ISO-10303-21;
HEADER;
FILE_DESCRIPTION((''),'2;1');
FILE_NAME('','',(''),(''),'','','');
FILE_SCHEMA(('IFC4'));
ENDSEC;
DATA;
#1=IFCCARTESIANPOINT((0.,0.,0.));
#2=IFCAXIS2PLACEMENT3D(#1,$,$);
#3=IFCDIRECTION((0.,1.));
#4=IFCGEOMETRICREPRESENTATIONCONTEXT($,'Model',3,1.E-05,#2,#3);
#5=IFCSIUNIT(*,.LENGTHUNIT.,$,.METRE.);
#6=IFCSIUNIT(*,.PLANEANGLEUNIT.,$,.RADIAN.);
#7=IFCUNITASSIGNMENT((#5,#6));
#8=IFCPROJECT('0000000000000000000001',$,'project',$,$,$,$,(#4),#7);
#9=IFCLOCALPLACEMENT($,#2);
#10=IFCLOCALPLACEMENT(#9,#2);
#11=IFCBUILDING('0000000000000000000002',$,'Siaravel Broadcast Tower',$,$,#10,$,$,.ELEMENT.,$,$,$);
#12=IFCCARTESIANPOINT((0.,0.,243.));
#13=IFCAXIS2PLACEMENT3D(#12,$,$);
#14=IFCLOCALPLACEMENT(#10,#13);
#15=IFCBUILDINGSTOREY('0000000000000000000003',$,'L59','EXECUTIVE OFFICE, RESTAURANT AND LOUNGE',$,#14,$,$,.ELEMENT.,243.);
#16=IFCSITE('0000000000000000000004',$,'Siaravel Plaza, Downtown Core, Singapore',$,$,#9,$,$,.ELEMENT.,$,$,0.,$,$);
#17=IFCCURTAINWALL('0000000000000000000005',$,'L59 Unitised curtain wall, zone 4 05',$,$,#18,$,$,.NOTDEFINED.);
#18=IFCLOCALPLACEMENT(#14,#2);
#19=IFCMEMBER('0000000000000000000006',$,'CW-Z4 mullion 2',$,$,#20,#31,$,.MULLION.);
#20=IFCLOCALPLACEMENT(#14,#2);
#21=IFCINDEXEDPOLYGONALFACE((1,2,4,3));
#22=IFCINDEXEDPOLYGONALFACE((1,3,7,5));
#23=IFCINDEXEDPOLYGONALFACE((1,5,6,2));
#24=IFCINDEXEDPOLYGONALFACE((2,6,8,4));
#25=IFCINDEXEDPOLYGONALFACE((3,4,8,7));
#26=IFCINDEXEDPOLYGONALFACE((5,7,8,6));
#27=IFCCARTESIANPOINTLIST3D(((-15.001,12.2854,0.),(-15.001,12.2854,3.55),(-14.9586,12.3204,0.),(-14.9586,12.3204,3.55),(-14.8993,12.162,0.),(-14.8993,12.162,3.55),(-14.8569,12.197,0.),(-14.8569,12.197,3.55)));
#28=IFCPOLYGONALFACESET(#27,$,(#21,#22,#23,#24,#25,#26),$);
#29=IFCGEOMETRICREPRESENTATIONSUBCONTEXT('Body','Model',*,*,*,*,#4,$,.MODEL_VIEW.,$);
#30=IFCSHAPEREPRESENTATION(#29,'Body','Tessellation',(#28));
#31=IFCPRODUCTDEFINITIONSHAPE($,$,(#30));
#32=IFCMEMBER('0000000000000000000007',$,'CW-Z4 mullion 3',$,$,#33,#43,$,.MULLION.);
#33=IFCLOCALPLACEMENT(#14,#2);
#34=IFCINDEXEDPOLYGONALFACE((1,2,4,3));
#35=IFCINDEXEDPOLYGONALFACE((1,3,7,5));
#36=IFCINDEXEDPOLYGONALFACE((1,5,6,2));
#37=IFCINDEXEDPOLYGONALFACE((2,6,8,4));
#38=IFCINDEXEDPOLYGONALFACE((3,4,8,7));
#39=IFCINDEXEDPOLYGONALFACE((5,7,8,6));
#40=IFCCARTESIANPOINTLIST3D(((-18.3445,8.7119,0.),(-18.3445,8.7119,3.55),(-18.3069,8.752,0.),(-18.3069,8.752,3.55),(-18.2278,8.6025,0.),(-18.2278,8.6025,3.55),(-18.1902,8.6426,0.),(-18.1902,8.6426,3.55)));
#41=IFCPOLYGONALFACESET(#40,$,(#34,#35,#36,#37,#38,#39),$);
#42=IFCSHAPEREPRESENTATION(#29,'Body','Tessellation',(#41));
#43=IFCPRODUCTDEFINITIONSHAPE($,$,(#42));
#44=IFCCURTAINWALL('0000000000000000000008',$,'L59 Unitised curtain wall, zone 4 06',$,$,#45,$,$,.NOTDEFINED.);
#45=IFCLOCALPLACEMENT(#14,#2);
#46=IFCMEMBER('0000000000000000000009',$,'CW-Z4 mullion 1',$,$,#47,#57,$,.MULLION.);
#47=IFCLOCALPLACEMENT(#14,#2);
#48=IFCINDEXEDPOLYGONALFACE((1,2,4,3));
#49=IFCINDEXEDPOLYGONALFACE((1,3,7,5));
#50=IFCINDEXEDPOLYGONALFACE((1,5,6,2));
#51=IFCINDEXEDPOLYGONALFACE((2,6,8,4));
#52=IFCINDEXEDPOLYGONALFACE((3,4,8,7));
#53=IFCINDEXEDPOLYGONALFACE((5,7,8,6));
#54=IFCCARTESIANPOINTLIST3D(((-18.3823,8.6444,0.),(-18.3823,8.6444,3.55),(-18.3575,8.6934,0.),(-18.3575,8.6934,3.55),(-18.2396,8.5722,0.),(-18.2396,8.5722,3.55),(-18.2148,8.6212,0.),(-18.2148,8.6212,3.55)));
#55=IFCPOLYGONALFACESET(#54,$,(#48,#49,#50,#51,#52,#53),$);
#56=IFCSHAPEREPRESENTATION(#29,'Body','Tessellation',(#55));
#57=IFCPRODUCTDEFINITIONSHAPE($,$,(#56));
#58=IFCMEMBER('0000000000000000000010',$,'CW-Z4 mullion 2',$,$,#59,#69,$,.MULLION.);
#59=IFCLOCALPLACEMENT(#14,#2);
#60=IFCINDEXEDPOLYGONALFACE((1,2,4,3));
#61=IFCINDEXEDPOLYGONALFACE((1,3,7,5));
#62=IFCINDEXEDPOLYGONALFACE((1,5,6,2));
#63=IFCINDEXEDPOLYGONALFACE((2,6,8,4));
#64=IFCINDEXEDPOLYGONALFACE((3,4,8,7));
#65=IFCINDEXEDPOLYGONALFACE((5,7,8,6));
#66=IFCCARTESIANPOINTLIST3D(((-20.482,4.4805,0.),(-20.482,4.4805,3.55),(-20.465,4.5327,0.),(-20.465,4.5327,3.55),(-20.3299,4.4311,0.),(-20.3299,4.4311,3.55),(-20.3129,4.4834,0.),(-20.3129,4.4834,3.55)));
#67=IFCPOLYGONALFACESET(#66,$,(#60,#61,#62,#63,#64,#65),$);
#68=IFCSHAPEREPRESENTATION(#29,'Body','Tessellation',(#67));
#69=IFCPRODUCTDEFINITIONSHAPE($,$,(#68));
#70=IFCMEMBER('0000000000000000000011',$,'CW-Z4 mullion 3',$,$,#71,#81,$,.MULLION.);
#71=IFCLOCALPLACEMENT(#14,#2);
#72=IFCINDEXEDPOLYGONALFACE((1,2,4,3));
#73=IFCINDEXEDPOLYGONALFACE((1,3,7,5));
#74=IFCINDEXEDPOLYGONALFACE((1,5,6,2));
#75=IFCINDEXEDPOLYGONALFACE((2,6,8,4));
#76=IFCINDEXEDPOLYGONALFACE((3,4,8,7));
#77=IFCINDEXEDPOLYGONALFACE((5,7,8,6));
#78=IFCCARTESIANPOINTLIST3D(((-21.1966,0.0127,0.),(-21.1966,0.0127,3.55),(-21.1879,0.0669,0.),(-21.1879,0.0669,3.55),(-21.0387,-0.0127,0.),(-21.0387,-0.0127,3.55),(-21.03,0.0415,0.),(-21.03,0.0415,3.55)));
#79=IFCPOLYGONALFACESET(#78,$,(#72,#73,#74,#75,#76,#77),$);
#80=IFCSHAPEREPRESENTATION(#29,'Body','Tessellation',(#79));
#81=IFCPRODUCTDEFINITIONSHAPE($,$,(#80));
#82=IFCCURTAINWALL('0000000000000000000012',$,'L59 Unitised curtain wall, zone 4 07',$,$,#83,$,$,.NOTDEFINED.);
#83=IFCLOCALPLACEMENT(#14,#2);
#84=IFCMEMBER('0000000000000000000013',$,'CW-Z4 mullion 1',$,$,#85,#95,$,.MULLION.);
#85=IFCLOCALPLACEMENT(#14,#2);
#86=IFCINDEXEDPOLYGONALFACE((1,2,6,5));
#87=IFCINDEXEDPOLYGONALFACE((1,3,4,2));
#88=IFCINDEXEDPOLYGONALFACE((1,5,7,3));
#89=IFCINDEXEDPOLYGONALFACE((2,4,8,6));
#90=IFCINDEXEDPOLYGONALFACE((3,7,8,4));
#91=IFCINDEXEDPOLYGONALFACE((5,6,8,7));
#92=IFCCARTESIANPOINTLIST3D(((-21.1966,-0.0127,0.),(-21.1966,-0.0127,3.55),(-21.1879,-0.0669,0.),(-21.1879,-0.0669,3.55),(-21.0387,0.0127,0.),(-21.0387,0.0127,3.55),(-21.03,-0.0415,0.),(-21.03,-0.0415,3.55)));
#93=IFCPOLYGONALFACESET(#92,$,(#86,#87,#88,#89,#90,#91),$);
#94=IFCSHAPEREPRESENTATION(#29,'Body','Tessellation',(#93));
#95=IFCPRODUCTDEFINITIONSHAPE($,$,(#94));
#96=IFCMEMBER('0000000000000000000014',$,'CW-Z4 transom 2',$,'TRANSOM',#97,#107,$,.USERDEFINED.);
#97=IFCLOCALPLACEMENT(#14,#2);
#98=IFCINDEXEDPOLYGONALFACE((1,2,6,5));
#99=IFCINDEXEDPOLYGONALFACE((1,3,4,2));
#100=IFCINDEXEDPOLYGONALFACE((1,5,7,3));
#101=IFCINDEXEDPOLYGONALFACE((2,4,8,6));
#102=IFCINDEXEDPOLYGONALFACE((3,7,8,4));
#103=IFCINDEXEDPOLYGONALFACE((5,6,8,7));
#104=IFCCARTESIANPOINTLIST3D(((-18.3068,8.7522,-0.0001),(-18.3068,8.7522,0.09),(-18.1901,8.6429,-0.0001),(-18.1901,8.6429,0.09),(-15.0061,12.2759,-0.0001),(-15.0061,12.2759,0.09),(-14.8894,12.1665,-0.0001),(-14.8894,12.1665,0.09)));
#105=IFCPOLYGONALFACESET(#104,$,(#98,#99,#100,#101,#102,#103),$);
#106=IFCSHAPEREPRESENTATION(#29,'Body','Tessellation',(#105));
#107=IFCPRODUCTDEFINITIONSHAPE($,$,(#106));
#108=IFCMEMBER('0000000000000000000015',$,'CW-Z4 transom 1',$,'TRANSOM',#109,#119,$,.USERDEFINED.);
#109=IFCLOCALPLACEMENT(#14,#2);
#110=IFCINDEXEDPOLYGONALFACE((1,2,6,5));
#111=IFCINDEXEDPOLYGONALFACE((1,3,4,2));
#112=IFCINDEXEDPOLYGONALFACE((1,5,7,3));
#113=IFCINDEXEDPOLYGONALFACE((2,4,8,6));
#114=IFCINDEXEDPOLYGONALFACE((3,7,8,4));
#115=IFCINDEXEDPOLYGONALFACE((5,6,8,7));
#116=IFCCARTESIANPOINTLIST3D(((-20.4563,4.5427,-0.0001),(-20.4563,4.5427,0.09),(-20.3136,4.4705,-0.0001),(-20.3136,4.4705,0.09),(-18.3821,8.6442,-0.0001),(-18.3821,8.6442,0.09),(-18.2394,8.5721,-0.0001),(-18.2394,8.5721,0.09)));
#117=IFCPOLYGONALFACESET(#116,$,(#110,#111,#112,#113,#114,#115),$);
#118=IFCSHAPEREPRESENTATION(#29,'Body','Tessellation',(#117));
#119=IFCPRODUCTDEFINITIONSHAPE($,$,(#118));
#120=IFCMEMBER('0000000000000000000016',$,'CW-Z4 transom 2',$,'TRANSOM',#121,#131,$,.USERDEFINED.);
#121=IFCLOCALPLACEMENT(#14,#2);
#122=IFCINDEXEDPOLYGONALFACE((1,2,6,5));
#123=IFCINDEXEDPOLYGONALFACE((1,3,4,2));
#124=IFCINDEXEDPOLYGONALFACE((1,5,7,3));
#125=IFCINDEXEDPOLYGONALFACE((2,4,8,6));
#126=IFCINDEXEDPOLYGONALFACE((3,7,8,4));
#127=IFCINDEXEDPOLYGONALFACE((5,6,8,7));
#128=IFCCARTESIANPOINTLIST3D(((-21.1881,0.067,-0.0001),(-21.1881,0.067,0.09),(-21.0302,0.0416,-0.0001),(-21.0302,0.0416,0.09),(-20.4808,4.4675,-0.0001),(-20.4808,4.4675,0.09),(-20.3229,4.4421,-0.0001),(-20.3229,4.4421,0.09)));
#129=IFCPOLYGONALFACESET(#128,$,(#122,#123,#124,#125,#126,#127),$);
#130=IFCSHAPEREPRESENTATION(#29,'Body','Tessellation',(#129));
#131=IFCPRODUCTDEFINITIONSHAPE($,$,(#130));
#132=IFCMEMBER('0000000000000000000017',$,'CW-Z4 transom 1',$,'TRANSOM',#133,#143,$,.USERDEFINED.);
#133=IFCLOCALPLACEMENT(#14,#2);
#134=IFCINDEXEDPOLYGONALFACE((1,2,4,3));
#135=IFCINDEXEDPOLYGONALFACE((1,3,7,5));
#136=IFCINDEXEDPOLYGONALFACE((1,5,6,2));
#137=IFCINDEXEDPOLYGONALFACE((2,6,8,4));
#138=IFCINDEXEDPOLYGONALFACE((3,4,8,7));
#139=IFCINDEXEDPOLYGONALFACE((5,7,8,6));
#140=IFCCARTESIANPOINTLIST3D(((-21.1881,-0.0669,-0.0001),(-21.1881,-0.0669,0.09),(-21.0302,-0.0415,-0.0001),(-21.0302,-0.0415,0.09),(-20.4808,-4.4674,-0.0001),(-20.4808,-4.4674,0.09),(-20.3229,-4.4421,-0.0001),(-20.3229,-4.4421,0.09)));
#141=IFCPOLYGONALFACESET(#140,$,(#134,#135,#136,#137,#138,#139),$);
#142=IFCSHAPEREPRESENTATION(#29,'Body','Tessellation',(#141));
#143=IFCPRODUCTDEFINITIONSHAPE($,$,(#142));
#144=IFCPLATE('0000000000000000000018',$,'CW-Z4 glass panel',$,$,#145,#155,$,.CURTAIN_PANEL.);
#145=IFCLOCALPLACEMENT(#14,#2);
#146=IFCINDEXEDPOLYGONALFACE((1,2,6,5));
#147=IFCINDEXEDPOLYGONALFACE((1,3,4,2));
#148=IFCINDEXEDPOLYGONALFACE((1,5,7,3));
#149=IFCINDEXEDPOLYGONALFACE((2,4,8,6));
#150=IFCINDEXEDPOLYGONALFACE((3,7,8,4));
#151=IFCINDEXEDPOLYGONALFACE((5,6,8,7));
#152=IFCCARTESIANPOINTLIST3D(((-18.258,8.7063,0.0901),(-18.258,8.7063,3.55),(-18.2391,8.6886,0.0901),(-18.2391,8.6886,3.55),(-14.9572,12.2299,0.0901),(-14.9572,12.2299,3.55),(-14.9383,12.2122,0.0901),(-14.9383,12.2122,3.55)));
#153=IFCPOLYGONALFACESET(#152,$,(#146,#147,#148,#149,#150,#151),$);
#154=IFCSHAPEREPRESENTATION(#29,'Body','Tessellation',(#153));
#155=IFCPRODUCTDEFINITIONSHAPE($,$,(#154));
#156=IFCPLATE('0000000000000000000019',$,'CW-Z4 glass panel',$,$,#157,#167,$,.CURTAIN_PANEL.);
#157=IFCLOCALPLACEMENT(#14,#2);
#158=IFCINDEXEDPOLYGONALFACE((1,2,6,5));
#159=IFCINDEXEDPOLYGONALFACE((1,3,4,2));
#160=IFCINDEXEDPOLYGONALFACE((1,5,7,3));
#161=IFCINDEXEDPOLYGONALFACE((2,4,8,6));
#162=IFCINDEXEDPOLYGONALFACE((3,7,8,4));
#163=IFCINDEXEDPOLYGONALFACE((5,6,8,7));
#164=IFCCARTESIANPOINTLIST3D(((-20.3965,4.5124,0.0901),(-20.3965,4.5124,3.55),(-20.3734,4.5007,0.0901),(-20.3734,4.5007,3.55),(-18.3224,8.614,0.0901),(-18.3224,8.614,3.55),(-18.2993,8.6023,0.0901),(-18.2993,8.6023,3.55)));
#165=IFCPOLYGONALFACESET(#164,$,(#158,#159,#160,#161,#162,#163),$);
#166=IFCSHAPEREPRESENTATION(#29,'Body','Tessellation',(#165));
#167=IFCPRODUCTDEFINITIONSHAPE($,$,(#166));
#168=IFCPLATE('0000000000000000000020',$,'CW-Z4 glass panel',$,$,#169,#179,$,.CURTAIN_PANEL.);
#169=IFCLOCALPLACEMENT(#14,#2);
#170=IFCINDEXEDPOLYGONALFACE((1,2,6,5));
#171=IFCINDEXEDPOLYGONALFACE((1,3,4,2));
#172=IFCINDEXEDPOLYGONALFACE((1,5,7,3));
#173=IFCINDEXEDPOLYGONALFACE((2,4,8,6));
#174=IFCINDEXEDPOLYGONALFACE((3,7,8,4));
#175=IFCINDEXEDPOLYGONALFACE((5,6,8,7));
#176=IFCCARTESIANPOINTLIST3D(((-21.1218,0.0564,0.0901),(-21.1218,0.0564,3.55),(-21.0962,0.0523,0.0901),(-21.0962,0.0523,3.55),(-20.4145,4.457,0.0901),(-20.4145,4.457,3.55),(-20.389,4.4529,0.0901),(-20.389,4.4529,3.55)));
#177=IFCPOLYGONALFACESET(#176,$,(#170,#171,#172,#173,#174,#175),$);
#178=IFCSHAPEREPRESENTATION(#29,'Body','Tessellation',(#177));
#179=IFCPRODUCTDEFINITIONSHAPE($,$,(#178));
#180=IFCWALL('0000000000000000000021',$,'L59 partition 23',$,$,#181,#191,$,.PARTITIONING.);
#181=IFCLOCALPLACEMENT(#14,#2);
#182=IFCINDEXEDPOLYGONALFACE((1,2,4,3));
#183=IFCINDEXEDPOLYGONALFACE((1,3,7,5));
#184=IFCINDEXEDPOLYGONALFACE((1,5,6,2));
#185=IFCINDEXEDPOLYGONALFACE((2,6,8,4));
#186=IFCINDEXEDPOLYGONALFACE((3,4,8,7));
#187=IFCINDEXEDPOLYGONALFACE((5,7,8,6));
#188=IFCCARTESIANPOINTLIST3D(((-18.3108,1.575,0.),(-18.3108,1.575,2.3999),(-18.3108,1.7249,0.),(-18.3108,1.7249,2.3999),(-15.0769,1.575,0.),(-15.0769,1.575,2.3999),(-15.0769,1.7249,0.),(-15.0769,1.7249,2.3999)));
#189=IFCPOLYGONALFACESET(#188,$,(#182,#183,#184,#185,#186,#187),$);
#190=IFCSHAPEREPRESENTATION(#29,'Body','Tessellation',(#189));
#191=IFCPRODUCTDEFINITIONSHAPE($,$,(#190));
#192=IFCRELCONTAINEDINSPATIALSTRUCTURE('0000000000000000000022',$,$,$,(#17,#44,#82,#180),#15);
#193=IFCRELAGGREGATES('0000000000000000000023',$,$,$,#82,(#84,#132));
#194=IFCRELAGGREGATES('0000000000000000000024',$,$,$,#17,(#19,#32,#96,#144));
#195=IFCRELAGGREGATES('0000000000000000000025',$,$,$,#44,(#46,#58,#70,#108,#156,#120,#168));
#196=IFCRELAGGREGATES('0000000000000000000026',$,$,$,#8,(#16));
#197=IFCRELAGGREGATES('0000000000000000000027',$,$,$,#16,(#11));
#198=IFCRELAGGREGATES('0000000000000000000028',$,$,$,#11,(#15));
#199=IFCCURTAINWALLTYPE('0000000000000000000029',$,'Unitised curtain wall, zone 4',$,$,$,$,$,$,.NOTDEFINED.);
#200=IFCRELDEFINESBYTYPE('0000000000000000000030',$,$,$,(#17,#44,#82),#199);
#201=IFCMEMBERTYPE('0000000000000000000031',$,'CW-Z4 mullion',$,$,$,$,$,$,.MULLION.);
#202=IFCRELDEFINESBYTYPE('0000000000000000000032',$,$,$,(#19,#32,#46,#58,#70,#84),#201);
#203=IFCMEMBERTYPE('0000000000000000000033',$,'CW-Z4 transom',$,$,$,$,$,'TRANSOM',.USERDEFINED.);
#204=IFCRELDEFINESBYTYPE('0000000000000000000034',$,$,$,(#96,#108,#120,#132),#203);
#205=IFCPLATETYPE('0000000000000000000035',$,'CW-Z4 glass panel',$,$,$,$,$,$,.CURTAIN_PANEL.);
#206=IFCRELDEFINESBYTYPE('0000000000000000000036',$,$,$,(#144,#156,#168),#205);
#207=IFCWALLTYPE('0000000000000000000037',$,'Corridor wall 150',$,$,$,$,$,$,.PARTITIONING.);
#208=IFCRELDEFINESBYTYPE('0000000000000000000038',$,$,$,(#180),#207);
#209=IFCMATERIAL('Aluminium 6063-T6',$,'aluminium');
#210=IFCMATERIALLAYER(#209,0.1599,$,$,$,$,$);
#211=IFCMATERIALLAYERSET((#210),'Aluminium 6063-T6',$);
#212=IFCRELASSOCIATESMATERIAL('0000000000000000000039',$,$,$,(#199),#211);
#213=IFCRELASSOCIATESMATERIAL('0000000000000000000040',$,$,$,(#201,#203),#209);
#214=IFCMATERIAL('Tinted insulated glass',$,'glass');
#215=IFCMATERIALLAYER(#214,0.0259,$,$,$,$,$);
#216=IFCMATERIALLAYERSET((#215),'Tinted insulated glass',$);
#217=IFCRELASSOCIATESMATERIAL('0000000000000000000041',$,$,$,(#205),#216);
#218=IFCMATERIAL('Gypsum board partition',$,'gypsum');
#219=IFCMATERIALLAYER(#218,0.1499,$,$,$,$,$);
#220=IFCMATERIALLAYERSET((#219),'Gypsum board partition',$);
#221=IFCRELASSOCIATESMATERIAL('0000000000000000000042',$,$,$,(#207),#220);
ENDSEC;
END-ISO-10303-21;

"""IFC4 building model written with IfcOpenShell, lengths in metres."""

from ifc_helpers import new_model, si_unit, direction, frame, frame_2d, origin, origin_2d, place, context, subcontext, project, spatial, rectangle, extrude, material, layer, layer_set, material_profile, profile_set, type_object, element, aggregate, save


model = new_model("IFC4")

# Units and contexts
model_context = context("Model", 3, precision=1e-05, world=origin(), true_north=direction((0.0, 1.0)))
body_context = subcontext(model_context, "Body", "Model", "MODEL_VIEW")
ifc_project = project(units=[si_unit("LENGTHUNIT", "METRE"), si_unit("PLANEANGLEUNIT", "RADIAN")], contexts=[model_context])

# Site, building, storey
site_placement = place(None, origin())
site = spatial("IfcSite", under=ifc_project, at=site_placement, Name="Siaravel Plaza, Downtown Core, Singapore", CompositionType="ELEMENT", RefElevation=0.0)
building_placement = place(site_placement, origin())
building = spatial("IfcBuilding", under=site, at=building_placement, Name="Siaravel Broadcast Tower", CompositionType="ELEMENT")
storey_placement = place(building_placement, frame((0.0, 0.0, 243.0)))
storey = spatial("IfcBuildingStorey", under=building, at=storey_placement, Name="L59", Description="EXECUTIVE OFFICE, RESTAURANT AND LOUNGE", CompositionType="ELEMENT", Elevation=243.0)

# Curtain walls, members
ifc_material_1 = material(Name="Aluminium 6063-T6", Category="aluminium")
ifc_layer_1 = layer(ifc_material_1, 0.1599)
ifc_layer_set_1 = layer_set([ifc_layer_1], Name="Aluminium 6063-T6")
curtain_wall_type = type_object("IfcCurtainWallType", Name="Unitised curtain wall, zone 4", PredefinedType="NOTDEFINED", material=ifc_layer_set_1)
curtain_wall_1_placement = place(storey_placement, origin())
curtain_wall_1 = element("IfcCurtainWall", 1, at=curtain_wall_1_placement, inside=storey, type_object=curtain_wall_type, Name="L59 Unitised curtain wall, zone 4 05", PredefinedType="NOTDEFINED")
ifc_material_profile_1 = material_profile(ifc_material_1, rectangle(XDim=0.1599, YDim=0.0549, at=origin_2d()))
ifc_profile_set_1 = profile_set([ifc_material_profile_1], Name="Aluminium 6063-T6")
member_type_1 = type_object("IfcMemberType", Name="CW-Z4 mullion", PredefinedType="MULLION", material=ifc_profile_set_1)
member_1_placement = place(storey_placement, frame((-14.929, 12.2412, 0.0), z_axis=(0.0, 0.0, 1.0), x_axis=(0.63622, -0.771508, 0.0)))
member_1 = element("IfcMember", 2, at=member_1_placement, type_object=member_type_1, Name="CW-Z4 mullion 2", PredefinedType="MULLION", context=body_context, shape_type="SweptSolid", body=[
    extrude(rectangle(XDim=0.1599, YDim=0.0549, at=origin_2d()), origin(), (0.0, 0.0, 1.0), 3.55),
])
member_2_placement = place(storey_placement, frame((-18.2673, 8.6772, 0.0), z_axis=(0.0, 0.0, 1.0), x_axis=(0.729807, -0.683654, 0.0)))
member_2 = element("IfcMember", 3, at=member_2_placement, type_object=member_type_1, Name="CW-Z4 mullion 3", PredefinedType="MULLION", context=body_context, shape_type="SweptSolid", body=[
    extrude(rectangle(XDim=0.1599, YDim=0.0549, at=origin_2d()), origin(), (0.0, 0.0, 1.0), 3.55),
])
curtain_wall_2_placement = place(storey_placement, origin())
curtain_wall_2 = element("IfcCurtainWall", 4, at=curtain_wall_2_placement, inside=storey, type_object=curtain_wall_type, Name="L59 Unitised curtain wall, zone 4 06", PredefinedType="NOTDEFINED")
member_3_placement = place(storey_placement, frame((-18.2986, 8.6328, 0.0), z_axis=(0.0, 0.0, 1.0), x_axis=(0.892393, -0.451259, 0.0)))
member_3 = element("IfcMember", 5, at=member_3_placement, type_object=member_type_1, Name="CW-Z4 mullion 1", PredefinedType="MULLION", context=body_context, shape_type="SweptSolid", body=[
    extrude(rectangle(XDim=0.1599, YDim=0.0549, at=origin_2d()), origin(), (0.0, 0.0, 1.0), 3.55),
])
member_4_placement = place(storey_placement, frame((-20.3975, 4.4819, 0.0), z_axis=(0.0, 0.0, 1.0), x_axis=(0.951178, -0.308644, 0.0)))
member_4 = element("IfcMember", 6, at=member_4_placement, type_object=member_type_1, Name="CW-Z4 mullion 2", PredefinedType="MULLION", context=body_context, shape_type="SweptSolid", body=[
    extrude(rectangle(XDim=0.1599, YDim=0.0549, at=origin_2d()), origin(), (0.0, 0.0, 1.0), 3.55),
])
member_5_placement = place(storey_placement, frame((-21.1133, 0.0271, 0.0), z_axis=(0.0, 0.0, 1.0), x_axis=(0.987329, -0.158685, 0.0)))
member_5 = element("IfcMember", 7, at=member_5_placement, type_object=member_type_1, Name="CW-Z4 mullion 3", PredefinedType="MULLION", context=body_context, shape_type="SweptSolid", body=[
    extrude(rectangle(XDim=0.1599, YDim=0.0549, at=origin_2d()), origin(), (0.0, 0.0, 1.0), 3.55),
])

# Curtain wall, member
curtain_wall_3_placement = place(storey_placement, origin())
curtain_wall_3 = element("IfcCurtainWall", 8, at=curtain_wall_3_placement, inside=storey, type_object=curtain_wall_type, Name="L59 Unitised curtain wall, zone 4 07", PredefinedType="NOTDEFINED")
member_6_placement = place(storey_placement, frame((-21.1133, -0.0271, 0.0), z_axis=(0.0, 0.0, 1.0), x_axis=(0.987329, 0.158685, 0.0)))
member_6 = element("IfcMember", 9, at=member_6_placement, type_object=member_type_1, Name="CW-Z4 mullion 1", PredefinedType="MULLION", context=body_context, shape_type="SweptSolid", body=[
    extrude(rectangle(XDim=0.1599, YDim=0.0549, at=origin_2d()), origin(), (0.0, 0.0, 1.0), 3.55),
])

# Members
ifc_material_profile_2 = material_profile(ifc_material_1, rectangle(XDim=0.1599, YDim=0.0901, at=origin_2d()))
ifc_profile_set_2 = profile_set([ifc_material_profile_2], Name="Aluminium 6063-T6")
member_type_2 = type_object("IfcMemberType", Name="CW-Z4 transom", ElementType="TRANSOM", PredefinedType="USERDEFINED", material=ifc_profile_set_2)
member_7_placement = place(storey_placement, frame((-14.9478, 12.2212, 0.0449), z_axis=(-0.683647, -0.729813, 0.0), x_axis=(0.729813, -0.683647, 0.0)))
member_7 = element("IfcMember", 10, at=member_7_placement, type_object=member_type_2, Name="CW-Z4 transom 2", ObjectType="TRANSOM", PredefinedType="USERDEFINED", context=body_context, shape_type="SweptSolid", body=[
    extrude(rectangle(XDim=0.1599, YDim=0.0901, at=origin_2d()), origin(), (0.0, 0.0, 1.0), 4.8281),
])
member_8_placement = place(storey_placement, frame((-18.3108, 8.6082, 0.0449), z_axis=(-0.451288, -0.892378, 0.0), x_axis=(0.892378, -0.451288, 0.0)))
member_8 = element("IfcMember", 11, at=member_8_placement, type_object=member_type_2, Name="CW-Z4 transom 1", ObjectType="TRANSOM", PredefinedType="USERDEFINED", context=body_context, shape_type="SweptSolid", body=[
    extrude(rectangle(XDim=0.1599, YDim=0.0901, at=origin_2d()), origin(), (0.0, 0.0, 1.0), 4.5962),
])
member_9_placement = place(storey_placement, frame((-20.4019, 4.4548, 0.0449), z_axis=(-0.158685, -0.987329, 0.0), x_axis=(0.987329, -0.158685, 0.0)))
member_9 = element("IfcMember", 12, at=member_9_placement, type_object=member_type_2, Name="CW-Z4 transom 2", ObjectType="TRANSOM", PredefinedType="USERDEFINED", context=body_context, shape_type="SweptSolid", body=[
    extrude(rectangle(XDim=0.1599, YDim=0.0901, at=origin_2d()), origin(), (0.0, 0.0, 1.0), 4.457),
])
member_10_placement = place(storey_placement, frame((-21.1091, -0.0542, 0.0449), z_axis=(0.158685, -0.987329, 0.0), x_axis=(0.987329, 0.158685, 0.0)))
member_10 = element("IfcMember", 13, at=member_10_placement, type_object=member_type_2, Name="CW-Z4 transom 1", ObjectType="TRANSOM", PredefinedType="USERDEFINED", context=body_context, shape_type="SweptSolid", body=[
    extrude(rectangle(XDim=0.1599, YDim=0.0901, at=origin_2d()), origin(), (0.0, 0.0, 1.0), 4.457),
])
aggregate(curtain_wall_3, [member_6, member_10])

# Plates
ifc_material_2 = material(Name="Tinted insulated glass", Category="glass")
ifc_layer_2 = layer(ifc_material_2, 0.0259)
ifc_layer_set_2 = layer_set([ifc_layer_2], Name="Tinted insulated glass")
plate_type = type_object("IfcPlateType", Name="CW-Z4 glass panel", PredefinedType="CURTAIN_PANEL", material=ifc_layer_set_2)
plate_1_placement = place(storey_placement, frame((-16.5981, 10.4592, 0.0901), z_axis=(0.0, 0.0, 1.0), x_axis=(-0.683654, -0.729807, 0.0)))
plate_1 = element("IfcPlate", 14, at=plate_1_placement, type_object=plate_type, Name="CW-Z4 glass panel", PredefinedType="CURTAIN_PANEL", context=body_context, shape_type="SweptSolid", body=[
    extrude(rectangle(XDim=4.8281, YDim=0.0259, at=origin_2d()), origin(), (0.0, 0.0, 1.0), 3.46),
])
aggregate(curtain_wall_1, [member_1, member_2, member_7, plate_1])
plate_2_placement = place(storey_placement, frame((-19.3479, 6.5574, 0.0901), z_axis=(0.0, 0.0, 1.0), x_axis=(-0.451259, -0.892393, 0.0)))
plate_2 = element("IfcPlate", 15, at=plate_2_placement, type_object=plate_type, Name="CW-Z4 glass panel", PredefinedType="CURTAIN_PANEL", context=body_context, shape_type="SweptSolid", body=[
    extrude(rectangle(XDim=4.5962, YDim=0.0259, at=origin_2d()), origin(), (0.0, 0.0, 1.0), 3.46),
])
plate_3_placement = place(storey_placement, frame((-20.7554, 2.2546, 0.0901), z_axis=(0.0, 0.0, 1.0), x_axis=(-0.158685, -0.987329, 0.0)))
plate_3 = element("IfcPlate", 16, at=plate_3_placement, type_object=plate_type, Name="CW-Z4 glass panel", PredefinedType="CURTAIN_PANEL", context=body_context, shape_type="SweptSolid", body=[
    extrude(rectangle(XDim=4.457, YDim=0.0259, at=origin_2d()), origin(), (0.0, 0.0, 1.0), 3.46),
])
aggregate(curtain_wall_2, [member_3, member_4, member_5, member_8, plate_2, member_9, plate_3])

# Shared definitions
ifc_material_3 = material(Name="Gypsum board partition", Category="gypsum")
ifc_layer_3 = layer(ifc_material_3, 0.1499)
ifc_layer_set_3 = layer_set([ifc_layer_3], Name="Gypsum board partition")
wall_type_1 = type_object("IfcWallType", Name="Corridor wall 150", PredefinedType="PARTITIONING", material=ifc_layer_set_3)

# Wall
wall_1_placement = place(storey_placement, frame((-15.0769, 1.6499, 0.0), z_axis=(0.0, 0.0, 1.0), x_axis=(-1.0, 0.0, 0.0)))
element("IfcWall", 17, at=wall_1_placement, inside=storey, type_object=wall_type_1, Name="L59 partition 23", PredefinedType="PARTITIONING", context=body_context, shape_type="SweptSolid", body=[
    extrude(rectangle(XDim=3.2339, YDim=0.1499, at=frame_2d((1.6169, 0.0))), origin(), (0.0, 0.0, 1.0), 2.3999),
])

save(model, "model.ifc")
